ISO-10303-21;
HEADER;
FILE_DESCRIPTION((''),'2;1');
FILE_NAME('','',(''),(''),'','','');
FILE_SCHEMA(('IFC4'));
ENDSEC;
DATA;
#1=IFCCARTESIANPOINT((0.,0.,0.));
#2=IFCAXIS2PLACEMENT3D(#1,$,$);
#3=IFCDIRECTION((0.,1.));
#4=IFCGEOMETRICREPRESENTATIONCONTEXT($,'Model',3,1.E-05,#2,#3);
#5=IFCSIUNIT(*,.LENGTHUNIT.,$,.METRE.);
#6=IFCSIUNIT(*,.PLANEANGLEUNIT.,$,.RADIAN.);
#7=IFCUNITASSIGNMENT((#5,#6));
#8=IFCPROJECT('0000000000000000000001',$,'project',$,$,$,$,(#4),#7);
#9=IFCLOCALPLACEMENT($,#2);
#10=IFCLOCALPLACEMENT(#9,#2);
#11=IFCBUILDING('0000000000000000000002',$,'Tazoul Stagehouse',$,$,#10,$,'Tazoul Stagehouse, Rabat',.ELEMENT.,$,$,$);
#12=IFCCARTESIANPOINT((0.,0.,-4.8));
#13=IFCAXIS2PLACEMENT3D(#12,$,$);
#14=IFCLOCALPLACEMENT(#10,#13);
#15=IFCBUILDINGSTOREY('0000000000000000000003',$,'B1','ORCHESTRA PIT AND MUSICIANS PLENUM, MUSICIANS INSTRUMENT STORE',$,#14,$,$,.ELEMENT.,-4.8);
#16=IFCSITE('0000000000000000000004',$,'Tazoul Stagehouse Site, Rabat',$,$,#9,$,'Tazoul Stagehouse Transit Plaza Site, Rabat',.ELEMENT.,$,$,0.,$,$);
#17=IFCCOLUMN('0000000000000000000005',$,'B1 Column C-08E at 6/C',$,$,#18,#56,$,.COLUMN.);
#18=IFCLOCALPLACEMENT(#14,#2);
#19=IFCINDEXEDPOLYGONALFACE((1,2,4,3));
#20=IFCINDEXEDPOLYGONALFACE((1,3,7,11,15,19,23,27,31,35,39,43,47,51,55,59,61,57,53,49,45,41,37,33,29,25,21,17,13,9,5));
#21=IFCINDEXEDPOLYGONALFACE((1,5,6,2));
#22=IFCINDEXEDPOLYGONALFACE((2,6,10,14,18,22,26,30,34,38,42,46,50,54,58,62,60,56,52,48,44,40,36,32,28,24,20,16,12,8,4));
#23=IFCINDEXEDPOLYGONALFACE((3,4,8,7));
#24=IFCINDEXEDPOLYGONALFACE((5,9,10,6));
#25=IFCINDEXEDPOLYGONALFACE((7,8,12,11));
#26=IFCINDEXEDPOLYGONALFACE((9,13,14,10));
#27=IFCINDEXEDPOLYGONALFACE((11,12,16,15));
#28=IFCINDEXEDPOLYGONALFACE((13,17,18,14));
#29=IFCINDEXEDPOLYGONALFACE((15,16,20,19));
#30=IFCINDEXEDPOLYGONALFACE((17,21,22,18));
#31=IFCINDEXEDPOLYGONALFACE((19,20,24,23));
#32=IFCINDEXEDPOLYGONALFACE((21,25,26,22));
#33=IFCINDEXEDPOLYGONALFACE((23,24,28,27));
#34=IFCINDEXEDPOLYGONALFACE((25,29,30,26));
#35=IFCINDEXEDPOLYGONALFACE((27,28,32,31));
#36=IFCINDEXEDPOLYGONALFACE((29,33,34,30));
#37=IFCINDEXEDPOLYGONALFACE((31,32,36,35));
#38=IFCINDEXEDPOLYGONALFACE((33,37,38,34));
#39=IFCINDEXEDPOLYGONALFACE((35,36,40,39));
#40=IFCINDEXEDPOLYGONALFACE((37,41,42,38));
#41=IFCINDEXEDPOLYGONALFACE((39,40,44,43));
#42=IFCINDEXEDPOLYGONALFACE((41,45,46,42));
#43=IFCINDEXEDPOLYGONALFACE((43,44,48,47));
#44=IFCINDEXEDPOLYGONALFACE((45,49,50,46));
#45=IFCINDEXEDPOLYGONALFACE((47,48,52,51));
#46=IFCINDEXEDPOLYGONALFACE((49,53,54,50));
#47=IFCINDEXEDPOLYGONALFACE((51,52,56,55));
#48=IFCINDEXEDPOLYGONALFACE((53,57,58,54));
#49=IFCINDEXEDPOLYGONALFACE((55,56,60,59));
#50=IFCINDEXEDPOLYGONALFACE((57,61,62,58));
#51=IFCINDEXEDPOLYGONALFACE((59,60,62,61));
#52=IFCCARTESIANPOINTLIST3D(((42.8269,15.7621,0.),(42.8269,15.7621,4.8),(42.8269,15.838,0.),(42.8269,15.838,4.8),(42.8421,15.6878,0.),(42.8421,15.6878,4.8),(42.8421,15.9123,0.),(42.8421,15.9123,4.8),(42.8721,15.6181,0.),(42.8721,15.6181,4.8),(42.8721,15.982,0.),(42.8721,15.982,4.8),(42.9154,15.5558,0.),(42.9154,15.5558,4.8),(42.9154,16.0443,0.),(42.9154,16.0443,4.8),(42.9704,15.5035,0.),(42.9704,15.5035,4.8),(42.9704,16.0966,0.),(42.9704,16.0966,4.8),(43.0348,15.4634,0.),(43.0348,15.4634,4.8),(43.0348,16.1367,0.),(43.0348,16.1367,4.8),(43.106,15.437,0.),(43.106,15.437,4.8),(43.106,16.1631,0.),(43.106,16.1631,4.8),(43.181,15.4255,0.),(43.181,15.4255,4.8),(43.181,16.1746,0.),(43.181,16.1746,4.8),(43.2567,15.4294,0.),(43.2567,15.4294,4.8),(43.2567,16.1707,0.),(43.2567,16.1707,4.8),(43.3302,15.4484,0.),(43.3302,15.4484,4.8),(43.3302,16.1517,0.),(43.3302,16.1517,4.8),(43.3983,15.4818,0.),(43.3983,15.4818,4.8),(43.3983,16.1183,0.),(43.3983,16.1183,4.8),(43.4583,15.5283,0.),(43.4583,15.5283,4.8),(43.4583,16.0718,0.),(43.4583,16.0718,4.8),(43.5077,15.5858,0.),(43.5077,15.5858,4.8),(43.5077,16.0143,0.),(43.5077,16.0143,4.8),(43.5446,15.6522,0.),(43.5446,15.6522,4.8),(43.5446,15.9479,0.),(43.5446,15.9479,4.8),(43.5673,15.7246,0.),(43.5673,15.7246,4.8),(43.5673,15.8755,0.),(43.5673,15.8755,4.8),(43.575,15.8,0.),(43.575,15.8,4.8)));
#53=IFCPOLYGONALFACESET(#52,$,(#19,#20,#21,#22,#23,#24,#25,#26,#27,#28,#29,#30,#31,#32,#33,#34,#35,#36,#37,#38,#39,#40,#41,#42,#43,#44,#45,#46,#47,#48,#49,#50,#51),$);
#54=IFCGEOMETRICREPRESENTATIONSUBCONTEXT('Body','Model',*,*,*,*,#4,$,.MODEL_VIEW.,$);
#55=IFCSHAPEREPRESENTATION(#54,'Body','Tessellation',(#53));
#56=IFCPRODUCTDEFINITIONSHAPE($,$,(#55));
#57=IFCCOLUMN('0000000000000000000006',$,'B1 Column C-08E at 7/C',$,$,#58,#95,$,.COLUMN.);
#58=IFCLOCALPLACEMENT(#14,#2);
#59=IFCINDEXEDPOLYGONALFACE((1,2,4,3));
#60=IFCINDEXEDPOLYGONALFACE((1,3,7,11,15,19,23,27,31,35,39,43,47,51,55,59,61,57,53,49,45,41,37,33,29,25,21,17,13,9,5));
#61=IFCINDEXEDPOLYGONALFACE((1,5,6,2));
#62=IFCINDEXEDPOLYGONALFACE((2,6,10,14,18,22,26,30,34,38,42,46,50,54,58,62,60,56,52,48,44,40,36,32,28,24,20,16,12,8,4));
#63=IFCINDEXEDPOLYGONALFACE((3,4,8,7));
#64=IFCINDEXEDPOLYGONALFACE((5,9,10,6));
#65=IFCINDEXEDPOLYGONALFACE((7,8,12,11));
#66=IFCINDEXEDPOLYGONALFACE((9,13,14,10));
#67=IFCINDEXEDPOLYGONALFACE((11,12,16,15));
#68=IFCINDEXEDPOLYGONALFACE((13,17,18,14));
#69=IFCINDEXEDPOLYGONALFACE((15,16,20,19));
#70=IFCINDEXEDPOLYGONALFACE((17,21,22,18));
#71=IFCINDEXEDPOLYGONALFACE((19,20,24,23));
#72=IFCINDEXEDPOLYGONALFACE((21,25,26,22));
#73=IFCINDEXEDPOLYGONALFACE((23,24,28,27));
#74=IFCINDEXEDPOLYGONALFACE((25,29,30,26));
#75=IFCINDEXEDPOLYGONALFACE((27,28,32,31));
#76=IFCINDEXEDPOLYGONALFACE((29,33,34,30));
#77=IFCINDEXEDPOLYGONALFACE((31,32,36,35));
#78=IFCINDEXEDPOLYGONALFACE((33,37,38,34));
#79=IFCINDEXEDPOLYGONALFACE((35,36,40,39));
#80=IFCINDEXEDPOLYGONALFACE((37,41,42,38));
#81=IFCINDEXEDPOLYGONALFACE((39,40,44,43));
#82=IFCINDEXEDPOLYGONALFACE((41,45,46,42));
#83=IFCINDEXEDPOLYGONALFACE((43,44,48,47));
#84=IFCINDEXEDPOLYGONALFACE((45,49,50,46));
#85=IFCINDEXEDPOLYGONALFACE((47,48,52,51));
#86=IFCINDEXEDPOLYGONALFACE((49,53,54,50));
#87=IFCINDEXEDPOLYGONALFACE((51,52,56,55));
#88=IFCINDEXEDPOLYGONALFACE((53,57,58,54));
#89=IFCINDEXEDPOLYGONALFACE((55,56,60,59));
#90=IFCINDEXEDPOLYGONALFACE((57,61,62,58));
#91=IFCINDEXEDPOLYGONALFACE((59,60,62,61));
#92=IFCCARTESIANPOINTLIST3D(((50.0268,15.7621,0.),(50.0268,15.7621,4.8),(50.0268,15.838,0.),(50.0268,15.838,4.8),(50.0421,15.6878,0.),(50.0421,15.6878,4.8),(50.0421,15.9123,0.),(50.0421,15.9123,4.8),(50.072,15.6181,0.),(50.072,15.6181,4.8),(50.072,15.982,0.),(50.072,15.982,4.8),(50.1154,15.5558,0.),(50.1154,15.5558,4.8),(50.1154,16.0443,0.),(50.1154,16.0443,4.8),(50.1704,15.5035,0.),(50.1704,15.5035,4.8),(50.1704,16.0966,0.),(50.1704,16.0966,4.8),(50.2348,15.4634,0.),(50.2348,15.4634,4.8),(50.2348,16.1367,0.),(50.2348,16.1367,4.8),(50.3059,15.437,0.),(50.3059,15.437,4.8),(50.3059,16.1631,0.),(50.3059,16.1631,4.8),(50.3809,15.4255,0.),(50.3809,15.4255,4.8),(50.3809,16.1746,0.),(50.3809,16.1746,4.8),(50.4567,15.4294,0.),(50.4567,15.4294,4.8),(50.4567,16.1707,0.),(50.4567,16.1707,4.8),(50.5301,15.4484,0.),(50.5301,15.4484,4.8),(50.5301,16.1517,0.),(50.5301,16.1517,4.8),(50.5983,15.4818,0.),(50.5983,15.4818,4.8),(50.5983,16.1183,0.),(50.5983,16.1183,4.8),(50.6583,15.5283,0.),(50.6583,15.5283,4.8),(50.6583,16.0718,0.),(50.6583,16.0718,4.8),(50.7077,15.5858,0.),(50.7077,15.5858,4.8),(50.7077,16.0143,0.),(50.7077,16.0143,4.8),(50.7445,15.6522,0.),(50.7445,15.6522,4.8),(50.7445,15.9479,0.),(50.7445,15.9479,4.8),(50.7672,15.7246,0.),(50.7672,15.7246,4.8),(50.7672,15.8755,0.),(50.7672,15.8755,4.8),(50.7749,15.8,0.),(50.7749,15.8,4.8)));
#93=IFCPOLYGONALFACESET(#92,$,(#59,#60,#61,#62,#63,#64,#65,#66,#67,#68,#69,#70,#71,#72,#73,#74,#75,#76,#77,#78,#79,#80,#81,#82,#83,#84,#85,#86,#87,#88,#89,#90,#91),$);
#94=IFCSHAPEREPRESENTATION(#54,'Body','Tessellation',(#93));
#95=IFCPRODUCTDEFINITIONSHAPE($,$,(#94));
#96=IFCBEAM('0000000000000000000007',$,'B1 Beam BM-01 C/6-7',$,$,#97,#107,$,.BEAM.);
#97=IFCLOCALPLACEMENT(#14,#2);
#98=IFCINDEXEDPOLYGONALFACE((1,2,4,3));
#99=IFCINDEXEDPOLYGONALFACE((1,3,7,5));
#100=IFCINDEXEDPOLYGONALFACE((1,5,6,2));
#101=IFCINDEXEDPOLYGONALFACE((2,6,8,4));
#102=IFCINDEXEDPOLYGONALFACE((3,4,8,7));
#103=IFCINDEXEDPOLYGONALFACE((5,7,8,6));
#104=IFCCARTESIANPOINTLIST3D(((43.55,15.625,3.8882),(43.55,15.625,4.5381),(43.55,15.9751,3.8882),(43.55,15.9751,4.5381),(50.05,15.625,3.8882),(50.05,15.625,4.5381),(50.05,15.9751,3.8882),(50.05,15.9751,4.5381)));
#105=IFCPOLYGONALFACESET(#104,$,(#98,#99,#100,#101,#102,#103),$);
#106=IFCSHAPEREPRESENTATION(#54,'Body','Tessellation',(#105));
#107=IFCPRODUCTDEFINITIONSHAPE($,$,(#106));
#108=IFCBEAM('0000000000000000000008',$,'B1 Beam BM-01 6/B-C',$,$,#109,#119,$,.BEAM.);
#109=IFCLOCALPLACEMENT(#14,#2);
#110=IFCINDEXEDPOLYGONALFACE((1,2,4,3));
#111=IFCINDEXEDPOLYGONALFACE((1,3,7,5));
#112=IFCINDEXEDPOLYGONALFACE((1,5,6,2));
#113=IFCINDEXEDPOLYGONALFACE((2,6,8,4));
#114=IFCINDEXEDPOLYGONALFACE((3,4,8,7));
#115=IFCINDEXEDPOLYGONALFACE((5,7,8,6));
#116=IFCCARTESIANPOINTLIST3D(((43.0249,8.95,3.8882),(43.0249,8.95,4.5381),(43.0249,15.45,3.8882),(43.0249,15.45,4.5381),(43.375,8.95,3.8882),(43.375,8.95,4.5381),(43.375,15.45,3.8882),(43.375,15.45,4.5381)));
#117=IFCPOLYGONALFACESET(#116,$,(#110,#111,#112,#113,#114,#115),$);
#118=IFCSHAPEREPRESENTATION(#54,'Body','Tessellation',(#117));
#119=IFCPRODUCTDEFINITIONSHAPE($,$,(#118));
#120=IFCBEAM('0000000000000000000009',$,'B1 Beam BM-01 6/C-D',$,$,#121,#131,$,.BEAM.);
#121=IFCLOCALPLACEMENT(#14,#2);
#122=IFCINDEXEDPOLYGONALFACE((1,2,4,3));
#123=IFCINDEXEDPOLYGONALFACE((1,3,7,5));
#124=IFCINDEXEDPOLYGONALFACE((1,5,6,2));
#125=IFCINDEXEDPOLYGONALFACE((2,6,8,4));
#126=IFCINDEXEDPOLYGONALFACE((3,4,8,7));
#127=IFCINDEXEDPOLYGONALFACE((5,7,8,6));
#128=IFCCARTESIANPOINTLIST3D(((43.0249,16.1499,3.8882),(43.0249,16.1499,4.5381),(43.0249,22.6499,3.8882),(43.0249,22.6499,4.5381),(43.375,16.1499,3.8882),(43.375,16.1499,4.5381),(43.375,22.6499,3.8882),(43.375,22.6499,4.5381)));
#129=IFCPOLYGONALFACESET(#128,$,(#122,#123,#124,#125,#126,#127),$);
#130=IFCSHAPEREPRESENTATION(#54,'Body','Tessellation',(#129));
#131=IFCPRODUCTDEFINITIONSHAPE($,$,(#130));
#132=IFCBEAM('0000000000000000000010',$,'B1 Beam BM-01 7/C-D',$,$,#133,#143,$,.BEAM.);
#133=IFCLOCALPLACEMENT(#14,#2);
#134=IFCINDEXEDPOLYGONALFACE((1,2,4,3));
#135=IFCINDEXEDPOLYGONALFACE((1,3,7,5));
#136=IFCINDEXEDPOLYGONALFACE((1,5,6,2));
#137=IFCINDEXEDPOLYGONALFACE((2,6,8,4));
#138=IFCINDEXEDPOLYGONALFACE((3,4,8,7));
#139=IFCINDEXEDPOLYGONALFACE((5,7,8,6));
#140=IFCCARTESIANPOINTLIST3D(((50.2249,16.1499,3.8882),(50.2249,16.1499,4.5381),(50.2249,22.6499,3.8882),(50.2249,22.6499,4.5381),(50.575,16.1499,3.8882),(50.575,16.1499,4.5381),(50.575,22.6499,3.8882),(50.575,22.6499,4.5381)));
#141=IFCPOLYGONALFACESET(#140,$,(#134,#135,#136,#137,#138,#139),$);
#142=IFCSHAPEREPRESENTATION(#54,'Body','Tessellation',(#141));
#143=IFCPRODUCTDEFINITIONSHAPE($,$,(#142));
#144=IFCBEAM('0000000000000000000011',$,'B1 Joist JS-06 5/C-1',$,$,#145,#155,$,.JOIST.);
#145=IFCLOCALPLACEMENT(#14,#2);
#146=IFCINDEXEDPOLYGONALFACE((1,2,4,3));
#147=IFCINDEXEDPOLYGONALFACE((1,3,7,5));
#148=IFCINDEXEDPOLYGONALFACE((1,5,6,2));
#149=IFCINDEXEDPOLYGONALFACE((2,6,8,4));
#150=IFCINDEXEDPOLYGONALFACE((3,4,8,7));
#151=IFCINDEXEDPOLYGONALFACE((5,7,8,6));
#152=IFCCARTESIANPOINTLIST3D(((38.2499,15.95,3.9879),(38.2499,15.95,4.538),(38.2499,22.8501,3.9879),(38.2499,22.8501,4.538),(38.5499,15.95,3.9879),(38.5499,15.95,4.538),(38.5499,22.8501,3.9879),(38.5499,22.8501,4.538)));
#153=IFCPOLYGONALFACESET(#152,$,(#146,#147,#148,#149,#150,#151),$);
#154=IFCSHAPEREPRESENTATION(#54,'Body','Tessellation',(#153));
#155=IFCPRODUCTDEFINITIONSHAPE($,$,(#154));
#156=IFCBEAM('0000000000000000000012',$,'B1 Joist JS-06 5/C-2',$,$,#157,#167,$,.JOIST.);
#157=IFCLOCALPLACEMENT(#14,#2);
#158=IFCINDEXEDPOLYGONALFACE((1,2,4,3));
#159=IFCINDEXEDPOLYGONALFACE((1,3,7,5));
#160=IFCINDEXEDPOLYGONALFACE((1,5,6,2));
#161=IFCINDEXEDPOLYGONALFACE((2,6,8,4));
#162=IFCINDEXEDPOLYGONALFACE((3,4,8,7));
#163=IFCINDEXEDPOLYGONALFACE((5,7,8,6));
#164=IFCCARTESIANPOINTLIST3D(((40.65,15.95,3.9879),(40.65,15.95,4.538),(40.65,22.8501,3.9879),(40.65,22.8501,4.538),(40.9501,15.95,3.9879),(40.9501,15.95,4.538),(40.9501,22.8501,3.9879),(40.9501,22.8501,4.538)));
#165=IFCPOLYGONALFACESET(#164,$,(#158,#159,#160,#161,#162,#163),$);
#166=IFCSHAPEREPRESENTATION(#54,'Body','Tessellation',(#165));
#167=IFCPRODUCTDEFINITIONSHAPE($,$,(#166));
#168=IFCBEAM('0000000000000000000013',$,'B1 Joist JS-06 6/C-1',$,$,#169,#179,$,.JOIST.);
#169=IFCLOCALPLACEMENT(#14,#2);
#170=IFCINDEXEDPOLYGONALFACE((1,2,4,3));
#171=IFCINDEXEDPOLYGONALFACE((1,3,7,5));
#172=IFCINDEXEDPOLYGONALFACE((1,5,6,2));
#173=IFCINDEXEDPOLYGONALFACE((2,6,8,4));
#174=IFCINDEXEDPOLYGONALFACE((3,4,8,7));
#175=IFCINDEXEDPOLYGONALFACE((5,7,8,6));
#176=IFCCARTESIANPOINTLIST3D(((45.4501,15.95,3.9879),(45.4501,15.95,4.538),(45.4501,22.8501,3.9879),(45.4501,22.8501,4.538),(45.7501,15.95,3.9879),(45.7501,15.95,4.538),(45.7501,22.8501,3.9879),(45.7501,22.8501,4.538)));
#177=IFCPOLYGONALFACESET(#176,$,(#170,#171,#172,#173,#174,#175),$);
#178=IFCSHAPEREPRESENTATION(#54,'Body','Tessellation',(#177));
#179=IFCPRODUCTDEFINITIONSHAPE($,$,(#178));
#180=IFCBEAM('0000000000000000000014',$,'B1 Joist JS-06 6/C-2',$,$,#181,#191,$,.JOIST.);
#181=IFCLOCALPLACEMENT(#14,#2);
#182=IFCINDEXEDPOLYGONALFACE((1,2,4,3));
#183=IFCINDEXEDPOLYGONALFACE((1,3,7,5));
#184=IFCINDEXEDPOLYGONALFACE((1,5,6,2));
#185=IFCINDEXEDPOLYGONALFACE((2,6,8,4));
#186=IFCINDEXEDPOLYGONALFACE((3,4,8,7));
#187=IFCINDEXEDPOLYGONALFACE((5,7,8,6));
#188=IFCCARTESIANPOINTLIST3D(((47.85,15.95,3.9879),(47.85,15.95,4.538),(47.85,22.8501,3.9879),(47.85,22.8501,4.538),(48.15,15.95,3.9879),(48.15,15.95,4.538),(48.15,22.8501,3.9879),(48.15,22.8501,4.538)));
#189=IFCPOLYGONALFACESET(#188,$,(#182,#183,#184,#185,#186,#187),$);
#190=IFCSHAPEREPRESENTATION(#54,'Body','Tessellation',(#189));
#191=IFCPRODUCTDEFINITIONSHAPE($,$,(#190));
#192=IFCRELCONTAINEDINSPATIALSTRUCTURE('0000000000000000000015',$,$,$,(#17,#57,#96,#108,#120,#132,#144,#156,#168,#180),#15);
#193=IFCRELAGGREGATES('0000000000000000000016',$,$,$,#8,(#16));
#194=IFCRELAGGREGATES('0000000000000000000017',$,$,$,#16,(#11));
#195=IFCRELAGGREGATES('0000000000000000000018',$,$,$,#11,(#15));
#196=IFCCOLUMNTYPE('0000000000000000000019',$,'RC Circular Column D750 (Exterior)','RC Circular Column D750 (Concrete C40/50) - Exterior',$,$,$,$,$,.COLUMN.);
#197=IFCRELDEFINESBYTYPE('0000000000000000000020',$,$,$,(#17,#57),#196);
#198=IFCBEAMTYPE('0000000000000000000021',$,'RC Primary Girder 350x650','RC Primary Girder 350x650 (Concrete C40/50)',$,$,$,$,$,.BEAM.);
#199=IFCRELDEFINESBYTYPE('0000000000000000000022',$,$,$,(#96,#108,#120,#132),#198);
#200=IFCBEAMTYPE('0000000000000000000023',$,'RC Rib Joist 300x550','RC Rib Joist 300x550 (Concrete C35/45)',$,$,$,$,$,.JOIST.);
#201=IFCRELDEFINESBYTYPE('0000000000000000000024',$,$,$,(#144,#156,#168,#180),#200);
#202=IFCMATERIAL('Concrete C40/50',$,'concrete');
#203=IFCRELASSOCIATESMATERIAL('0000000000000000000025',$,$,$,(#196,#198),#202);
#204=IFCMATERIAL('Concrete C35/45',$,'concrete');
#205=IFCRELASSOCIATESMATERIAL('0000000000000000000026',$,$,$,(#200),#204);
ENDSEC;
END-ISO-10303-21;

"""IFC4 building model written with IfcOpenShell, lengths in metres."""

from ifc_helpers import new_model, si_unit, direction, frame, origin, origin_2d, place, context, subcontext, project, spatial, rectangle, circle, extrude, material, material_profile, profile_set, type_object, element, save


model = new_model("IFC4")

# Units and contexts
model_context = context("Model", 3, precision=1e-05, world=origin(), true_north=direction((0.0, 1.0)))
body_context = subcontext(model_context, "Body", "Model", "MODEL_VIEW")
ifc_project = project(units=[si_unit("LENGTHUNIT", "METRE"), si_unit("PLANEANGLEUNIT", "RADIAN")], contexts=[model_context])

# Site, building, storey
site_placement = place(None, origin())
site = spatial("IfcSite", under=ifc_project, at=site_placement, Name="Tazoul Stagehouse Site, Rabat", LongName="Tazoul Stagehouse Transit Plaza Site, Rabat", CompositionType="ELEMENT", RefElevation=0.0)
building_placement = place(site_placement, origin())
building = spatial("IfcBuilding", under=site, at=building_placement, Name="Tazoul Stagehouse", LongName="Tazoul Stagehouse, Rabat", CompositionType="ELEMENT")
storey_placement = place(building_placement, frame((0.0, 0.0, -4.8)))
storey = spatial("IfcBuildingStorey", under=building, at=storey_placement, Name="B1", Description="ORCHESTRA PIT AND MUSICIANS PLENUM, MUSICIANS INSTRUMENT STORE", CompositionType="ELEMENT", Elevation=-4.8)

# Shared definitions
ifc_material_1 = material(Name="Concrete C35/45", Category="concrete")

# Columns
ifc_material_2 = material(Name="Concrete C40/50", Category="concrete")
ifc_material_profile_1 = material_profile(ifc_material_2, circle(Radius=0.375, at=origin_2d()), Name="RC D750")
ifc_profile_set_1 = profile_set([ifc_material_profile_1], Name="Concrete C40/50")
column_type = type_object("IfcColumnType", Name="RC Circular Column D750 (Exterior)", Description="RC Circular Column D750 (Concrete C40/50) - Exterior", PredefinedType="COLUMN", material=ifc_profile_set_1)
for number, where, z_axis, x_axis, name in (
    (1, (43.2, 15.8, 0.0), (0.0, 0.0, 1.0), (1.0, 0.0, 0.0), "B1 Column C-08E at 6/C"),
    (2, (50.3999, 15.8, 0.0), (0.0, 0.0, 1.0), (1.0, 0.0, 0.0), "B1 Column C-08E at 7/C"),
):
    element("IfcColumn", number, at=place(storey_placement, frame(where, z_axis=z_axis, x_axis=x_axis)), inside=storey, type_object=column_type, Name=name, PredefinedType="COLUMN", context=body_context, shape_type="SweptSolid", body=[
        extrude(circle(Radius=0.375, at=origin_2d()), origin(), (0.0, 0.0, 1.0), 4.8),
    ])

# Beams
ifc_material_profile_2 = material_profile(ifc_material_2, rectangle(XDim=0.3501, YDim=0.6499, at=origin_2d()), Name="RC 350x650")
ifc_profile_set_2 = profile_set([ifc_material_profile_2], Name="Concrete C40/50")
beam_type_1 = type_object("IfcBeamType", Name="RC Primary Girder 350x650", Description="RC Primary Girder 350x650 (Concrete C40/50)", PredefinedType="BEAM", material=ifc_profile_set_2)
for number, where, z_axis, x_axis, name in (
    (3, (43.55, 15.8, 4.2131), (1.0, 0.0, 0.0), (0.0, 1.0, 0.0), "B1 Beam BM-01 C/6-7"),
    (4, (43.2, 8.95, 4.2131), (0.0, 1.0, 0.0), (-1.0, 0.0, 0.0), "B1 Beam BM-01 6/B-C"),
    (5, (43.2, 16.1499, 4.2131), (0.0, 1.0, 0.0), (-1.0, 0.0, 0.0), "B1 Beam BM-01 6/C-D"),
    (6, (50.3999, 16.1499, 4.2131), (0.0, 1.0, 0.0), (-1.0, 0.0, 0.0), "B1 Beam BM-01 7/C-D"),
):
    element("IfcBeam", number, at=place(storey_placement, frame(where, z_axis=z_axis, x_axis=x_axis)), inside=storey, type_object=beam_type_1, Name=name, PredefinedType="BEAM", context=body_context, shape_type="SweptSolid", body=[
        extrude(rectangle(XDim=0.3501, YDim=0.6499, at=origin_2d()), origin(), (0.0, 0.0, 1.0), 6.5),
    ])
ifc_material_profile_3 = material_profile(ifc_material_1, rectangle(XDim=0.3, YDim=0.55, at=origin_2d()), Name="RC 300x550")
ifc_profile_set_3 = profile_set([ifc_material_profile_3], Name="Concrete C35/45")
beam_type_2 = type_object("IfcBeamType", Name="RC Rib Joist 300x550", Description="RC Rib Joist 300x550 (Concrete C35/45)", PredefinedType="JOIST", material=ifc_profile_set_3)
for number, where, z_axis, x_axis, name in (
    (7, (38.3999, 15.95, 4.2629), (0.0, 1.0, 0.0), (-1.0, 0.0, 0.0), "B1 Joist JS-06 5/C-1"),
    (8, (40.8, 15.95, 4.2629), (0.0, 1.0, 0.0), (-1.0, 0.0, 0.0), "B1 Joist JS-06 5/C-2"),
    (9, (45.6001, 15.95, 4.2629), (0.0, 1.0, 0.0), (-1.0, 0.0, 0.0), "B1 Joist JS-06 6/C-1"),
    (10, (48.0, 15.95, 4.2629), (0.0, 1.0, 0.0), (-1.0, 0.0, 0.0), "B1 Joist JS-06 6/C-2"),
):
    element("IfcBeam", number, at=place(storey_placement, frame(where, z_axis=z_axis, x_axis=x_axis)), inside=storey, type_object=beam_type_2, Name=name, PredefinedType="JOIST", context=body_context, shape_type="SweptSolid", body=[
        extrude(rectangle(XDim=0.3, YDim=0.55, at=origin_2d()), origin(), (0.0, 0.0, 1.0), 6.9001),
    ])

save(model, "model.ifc")
